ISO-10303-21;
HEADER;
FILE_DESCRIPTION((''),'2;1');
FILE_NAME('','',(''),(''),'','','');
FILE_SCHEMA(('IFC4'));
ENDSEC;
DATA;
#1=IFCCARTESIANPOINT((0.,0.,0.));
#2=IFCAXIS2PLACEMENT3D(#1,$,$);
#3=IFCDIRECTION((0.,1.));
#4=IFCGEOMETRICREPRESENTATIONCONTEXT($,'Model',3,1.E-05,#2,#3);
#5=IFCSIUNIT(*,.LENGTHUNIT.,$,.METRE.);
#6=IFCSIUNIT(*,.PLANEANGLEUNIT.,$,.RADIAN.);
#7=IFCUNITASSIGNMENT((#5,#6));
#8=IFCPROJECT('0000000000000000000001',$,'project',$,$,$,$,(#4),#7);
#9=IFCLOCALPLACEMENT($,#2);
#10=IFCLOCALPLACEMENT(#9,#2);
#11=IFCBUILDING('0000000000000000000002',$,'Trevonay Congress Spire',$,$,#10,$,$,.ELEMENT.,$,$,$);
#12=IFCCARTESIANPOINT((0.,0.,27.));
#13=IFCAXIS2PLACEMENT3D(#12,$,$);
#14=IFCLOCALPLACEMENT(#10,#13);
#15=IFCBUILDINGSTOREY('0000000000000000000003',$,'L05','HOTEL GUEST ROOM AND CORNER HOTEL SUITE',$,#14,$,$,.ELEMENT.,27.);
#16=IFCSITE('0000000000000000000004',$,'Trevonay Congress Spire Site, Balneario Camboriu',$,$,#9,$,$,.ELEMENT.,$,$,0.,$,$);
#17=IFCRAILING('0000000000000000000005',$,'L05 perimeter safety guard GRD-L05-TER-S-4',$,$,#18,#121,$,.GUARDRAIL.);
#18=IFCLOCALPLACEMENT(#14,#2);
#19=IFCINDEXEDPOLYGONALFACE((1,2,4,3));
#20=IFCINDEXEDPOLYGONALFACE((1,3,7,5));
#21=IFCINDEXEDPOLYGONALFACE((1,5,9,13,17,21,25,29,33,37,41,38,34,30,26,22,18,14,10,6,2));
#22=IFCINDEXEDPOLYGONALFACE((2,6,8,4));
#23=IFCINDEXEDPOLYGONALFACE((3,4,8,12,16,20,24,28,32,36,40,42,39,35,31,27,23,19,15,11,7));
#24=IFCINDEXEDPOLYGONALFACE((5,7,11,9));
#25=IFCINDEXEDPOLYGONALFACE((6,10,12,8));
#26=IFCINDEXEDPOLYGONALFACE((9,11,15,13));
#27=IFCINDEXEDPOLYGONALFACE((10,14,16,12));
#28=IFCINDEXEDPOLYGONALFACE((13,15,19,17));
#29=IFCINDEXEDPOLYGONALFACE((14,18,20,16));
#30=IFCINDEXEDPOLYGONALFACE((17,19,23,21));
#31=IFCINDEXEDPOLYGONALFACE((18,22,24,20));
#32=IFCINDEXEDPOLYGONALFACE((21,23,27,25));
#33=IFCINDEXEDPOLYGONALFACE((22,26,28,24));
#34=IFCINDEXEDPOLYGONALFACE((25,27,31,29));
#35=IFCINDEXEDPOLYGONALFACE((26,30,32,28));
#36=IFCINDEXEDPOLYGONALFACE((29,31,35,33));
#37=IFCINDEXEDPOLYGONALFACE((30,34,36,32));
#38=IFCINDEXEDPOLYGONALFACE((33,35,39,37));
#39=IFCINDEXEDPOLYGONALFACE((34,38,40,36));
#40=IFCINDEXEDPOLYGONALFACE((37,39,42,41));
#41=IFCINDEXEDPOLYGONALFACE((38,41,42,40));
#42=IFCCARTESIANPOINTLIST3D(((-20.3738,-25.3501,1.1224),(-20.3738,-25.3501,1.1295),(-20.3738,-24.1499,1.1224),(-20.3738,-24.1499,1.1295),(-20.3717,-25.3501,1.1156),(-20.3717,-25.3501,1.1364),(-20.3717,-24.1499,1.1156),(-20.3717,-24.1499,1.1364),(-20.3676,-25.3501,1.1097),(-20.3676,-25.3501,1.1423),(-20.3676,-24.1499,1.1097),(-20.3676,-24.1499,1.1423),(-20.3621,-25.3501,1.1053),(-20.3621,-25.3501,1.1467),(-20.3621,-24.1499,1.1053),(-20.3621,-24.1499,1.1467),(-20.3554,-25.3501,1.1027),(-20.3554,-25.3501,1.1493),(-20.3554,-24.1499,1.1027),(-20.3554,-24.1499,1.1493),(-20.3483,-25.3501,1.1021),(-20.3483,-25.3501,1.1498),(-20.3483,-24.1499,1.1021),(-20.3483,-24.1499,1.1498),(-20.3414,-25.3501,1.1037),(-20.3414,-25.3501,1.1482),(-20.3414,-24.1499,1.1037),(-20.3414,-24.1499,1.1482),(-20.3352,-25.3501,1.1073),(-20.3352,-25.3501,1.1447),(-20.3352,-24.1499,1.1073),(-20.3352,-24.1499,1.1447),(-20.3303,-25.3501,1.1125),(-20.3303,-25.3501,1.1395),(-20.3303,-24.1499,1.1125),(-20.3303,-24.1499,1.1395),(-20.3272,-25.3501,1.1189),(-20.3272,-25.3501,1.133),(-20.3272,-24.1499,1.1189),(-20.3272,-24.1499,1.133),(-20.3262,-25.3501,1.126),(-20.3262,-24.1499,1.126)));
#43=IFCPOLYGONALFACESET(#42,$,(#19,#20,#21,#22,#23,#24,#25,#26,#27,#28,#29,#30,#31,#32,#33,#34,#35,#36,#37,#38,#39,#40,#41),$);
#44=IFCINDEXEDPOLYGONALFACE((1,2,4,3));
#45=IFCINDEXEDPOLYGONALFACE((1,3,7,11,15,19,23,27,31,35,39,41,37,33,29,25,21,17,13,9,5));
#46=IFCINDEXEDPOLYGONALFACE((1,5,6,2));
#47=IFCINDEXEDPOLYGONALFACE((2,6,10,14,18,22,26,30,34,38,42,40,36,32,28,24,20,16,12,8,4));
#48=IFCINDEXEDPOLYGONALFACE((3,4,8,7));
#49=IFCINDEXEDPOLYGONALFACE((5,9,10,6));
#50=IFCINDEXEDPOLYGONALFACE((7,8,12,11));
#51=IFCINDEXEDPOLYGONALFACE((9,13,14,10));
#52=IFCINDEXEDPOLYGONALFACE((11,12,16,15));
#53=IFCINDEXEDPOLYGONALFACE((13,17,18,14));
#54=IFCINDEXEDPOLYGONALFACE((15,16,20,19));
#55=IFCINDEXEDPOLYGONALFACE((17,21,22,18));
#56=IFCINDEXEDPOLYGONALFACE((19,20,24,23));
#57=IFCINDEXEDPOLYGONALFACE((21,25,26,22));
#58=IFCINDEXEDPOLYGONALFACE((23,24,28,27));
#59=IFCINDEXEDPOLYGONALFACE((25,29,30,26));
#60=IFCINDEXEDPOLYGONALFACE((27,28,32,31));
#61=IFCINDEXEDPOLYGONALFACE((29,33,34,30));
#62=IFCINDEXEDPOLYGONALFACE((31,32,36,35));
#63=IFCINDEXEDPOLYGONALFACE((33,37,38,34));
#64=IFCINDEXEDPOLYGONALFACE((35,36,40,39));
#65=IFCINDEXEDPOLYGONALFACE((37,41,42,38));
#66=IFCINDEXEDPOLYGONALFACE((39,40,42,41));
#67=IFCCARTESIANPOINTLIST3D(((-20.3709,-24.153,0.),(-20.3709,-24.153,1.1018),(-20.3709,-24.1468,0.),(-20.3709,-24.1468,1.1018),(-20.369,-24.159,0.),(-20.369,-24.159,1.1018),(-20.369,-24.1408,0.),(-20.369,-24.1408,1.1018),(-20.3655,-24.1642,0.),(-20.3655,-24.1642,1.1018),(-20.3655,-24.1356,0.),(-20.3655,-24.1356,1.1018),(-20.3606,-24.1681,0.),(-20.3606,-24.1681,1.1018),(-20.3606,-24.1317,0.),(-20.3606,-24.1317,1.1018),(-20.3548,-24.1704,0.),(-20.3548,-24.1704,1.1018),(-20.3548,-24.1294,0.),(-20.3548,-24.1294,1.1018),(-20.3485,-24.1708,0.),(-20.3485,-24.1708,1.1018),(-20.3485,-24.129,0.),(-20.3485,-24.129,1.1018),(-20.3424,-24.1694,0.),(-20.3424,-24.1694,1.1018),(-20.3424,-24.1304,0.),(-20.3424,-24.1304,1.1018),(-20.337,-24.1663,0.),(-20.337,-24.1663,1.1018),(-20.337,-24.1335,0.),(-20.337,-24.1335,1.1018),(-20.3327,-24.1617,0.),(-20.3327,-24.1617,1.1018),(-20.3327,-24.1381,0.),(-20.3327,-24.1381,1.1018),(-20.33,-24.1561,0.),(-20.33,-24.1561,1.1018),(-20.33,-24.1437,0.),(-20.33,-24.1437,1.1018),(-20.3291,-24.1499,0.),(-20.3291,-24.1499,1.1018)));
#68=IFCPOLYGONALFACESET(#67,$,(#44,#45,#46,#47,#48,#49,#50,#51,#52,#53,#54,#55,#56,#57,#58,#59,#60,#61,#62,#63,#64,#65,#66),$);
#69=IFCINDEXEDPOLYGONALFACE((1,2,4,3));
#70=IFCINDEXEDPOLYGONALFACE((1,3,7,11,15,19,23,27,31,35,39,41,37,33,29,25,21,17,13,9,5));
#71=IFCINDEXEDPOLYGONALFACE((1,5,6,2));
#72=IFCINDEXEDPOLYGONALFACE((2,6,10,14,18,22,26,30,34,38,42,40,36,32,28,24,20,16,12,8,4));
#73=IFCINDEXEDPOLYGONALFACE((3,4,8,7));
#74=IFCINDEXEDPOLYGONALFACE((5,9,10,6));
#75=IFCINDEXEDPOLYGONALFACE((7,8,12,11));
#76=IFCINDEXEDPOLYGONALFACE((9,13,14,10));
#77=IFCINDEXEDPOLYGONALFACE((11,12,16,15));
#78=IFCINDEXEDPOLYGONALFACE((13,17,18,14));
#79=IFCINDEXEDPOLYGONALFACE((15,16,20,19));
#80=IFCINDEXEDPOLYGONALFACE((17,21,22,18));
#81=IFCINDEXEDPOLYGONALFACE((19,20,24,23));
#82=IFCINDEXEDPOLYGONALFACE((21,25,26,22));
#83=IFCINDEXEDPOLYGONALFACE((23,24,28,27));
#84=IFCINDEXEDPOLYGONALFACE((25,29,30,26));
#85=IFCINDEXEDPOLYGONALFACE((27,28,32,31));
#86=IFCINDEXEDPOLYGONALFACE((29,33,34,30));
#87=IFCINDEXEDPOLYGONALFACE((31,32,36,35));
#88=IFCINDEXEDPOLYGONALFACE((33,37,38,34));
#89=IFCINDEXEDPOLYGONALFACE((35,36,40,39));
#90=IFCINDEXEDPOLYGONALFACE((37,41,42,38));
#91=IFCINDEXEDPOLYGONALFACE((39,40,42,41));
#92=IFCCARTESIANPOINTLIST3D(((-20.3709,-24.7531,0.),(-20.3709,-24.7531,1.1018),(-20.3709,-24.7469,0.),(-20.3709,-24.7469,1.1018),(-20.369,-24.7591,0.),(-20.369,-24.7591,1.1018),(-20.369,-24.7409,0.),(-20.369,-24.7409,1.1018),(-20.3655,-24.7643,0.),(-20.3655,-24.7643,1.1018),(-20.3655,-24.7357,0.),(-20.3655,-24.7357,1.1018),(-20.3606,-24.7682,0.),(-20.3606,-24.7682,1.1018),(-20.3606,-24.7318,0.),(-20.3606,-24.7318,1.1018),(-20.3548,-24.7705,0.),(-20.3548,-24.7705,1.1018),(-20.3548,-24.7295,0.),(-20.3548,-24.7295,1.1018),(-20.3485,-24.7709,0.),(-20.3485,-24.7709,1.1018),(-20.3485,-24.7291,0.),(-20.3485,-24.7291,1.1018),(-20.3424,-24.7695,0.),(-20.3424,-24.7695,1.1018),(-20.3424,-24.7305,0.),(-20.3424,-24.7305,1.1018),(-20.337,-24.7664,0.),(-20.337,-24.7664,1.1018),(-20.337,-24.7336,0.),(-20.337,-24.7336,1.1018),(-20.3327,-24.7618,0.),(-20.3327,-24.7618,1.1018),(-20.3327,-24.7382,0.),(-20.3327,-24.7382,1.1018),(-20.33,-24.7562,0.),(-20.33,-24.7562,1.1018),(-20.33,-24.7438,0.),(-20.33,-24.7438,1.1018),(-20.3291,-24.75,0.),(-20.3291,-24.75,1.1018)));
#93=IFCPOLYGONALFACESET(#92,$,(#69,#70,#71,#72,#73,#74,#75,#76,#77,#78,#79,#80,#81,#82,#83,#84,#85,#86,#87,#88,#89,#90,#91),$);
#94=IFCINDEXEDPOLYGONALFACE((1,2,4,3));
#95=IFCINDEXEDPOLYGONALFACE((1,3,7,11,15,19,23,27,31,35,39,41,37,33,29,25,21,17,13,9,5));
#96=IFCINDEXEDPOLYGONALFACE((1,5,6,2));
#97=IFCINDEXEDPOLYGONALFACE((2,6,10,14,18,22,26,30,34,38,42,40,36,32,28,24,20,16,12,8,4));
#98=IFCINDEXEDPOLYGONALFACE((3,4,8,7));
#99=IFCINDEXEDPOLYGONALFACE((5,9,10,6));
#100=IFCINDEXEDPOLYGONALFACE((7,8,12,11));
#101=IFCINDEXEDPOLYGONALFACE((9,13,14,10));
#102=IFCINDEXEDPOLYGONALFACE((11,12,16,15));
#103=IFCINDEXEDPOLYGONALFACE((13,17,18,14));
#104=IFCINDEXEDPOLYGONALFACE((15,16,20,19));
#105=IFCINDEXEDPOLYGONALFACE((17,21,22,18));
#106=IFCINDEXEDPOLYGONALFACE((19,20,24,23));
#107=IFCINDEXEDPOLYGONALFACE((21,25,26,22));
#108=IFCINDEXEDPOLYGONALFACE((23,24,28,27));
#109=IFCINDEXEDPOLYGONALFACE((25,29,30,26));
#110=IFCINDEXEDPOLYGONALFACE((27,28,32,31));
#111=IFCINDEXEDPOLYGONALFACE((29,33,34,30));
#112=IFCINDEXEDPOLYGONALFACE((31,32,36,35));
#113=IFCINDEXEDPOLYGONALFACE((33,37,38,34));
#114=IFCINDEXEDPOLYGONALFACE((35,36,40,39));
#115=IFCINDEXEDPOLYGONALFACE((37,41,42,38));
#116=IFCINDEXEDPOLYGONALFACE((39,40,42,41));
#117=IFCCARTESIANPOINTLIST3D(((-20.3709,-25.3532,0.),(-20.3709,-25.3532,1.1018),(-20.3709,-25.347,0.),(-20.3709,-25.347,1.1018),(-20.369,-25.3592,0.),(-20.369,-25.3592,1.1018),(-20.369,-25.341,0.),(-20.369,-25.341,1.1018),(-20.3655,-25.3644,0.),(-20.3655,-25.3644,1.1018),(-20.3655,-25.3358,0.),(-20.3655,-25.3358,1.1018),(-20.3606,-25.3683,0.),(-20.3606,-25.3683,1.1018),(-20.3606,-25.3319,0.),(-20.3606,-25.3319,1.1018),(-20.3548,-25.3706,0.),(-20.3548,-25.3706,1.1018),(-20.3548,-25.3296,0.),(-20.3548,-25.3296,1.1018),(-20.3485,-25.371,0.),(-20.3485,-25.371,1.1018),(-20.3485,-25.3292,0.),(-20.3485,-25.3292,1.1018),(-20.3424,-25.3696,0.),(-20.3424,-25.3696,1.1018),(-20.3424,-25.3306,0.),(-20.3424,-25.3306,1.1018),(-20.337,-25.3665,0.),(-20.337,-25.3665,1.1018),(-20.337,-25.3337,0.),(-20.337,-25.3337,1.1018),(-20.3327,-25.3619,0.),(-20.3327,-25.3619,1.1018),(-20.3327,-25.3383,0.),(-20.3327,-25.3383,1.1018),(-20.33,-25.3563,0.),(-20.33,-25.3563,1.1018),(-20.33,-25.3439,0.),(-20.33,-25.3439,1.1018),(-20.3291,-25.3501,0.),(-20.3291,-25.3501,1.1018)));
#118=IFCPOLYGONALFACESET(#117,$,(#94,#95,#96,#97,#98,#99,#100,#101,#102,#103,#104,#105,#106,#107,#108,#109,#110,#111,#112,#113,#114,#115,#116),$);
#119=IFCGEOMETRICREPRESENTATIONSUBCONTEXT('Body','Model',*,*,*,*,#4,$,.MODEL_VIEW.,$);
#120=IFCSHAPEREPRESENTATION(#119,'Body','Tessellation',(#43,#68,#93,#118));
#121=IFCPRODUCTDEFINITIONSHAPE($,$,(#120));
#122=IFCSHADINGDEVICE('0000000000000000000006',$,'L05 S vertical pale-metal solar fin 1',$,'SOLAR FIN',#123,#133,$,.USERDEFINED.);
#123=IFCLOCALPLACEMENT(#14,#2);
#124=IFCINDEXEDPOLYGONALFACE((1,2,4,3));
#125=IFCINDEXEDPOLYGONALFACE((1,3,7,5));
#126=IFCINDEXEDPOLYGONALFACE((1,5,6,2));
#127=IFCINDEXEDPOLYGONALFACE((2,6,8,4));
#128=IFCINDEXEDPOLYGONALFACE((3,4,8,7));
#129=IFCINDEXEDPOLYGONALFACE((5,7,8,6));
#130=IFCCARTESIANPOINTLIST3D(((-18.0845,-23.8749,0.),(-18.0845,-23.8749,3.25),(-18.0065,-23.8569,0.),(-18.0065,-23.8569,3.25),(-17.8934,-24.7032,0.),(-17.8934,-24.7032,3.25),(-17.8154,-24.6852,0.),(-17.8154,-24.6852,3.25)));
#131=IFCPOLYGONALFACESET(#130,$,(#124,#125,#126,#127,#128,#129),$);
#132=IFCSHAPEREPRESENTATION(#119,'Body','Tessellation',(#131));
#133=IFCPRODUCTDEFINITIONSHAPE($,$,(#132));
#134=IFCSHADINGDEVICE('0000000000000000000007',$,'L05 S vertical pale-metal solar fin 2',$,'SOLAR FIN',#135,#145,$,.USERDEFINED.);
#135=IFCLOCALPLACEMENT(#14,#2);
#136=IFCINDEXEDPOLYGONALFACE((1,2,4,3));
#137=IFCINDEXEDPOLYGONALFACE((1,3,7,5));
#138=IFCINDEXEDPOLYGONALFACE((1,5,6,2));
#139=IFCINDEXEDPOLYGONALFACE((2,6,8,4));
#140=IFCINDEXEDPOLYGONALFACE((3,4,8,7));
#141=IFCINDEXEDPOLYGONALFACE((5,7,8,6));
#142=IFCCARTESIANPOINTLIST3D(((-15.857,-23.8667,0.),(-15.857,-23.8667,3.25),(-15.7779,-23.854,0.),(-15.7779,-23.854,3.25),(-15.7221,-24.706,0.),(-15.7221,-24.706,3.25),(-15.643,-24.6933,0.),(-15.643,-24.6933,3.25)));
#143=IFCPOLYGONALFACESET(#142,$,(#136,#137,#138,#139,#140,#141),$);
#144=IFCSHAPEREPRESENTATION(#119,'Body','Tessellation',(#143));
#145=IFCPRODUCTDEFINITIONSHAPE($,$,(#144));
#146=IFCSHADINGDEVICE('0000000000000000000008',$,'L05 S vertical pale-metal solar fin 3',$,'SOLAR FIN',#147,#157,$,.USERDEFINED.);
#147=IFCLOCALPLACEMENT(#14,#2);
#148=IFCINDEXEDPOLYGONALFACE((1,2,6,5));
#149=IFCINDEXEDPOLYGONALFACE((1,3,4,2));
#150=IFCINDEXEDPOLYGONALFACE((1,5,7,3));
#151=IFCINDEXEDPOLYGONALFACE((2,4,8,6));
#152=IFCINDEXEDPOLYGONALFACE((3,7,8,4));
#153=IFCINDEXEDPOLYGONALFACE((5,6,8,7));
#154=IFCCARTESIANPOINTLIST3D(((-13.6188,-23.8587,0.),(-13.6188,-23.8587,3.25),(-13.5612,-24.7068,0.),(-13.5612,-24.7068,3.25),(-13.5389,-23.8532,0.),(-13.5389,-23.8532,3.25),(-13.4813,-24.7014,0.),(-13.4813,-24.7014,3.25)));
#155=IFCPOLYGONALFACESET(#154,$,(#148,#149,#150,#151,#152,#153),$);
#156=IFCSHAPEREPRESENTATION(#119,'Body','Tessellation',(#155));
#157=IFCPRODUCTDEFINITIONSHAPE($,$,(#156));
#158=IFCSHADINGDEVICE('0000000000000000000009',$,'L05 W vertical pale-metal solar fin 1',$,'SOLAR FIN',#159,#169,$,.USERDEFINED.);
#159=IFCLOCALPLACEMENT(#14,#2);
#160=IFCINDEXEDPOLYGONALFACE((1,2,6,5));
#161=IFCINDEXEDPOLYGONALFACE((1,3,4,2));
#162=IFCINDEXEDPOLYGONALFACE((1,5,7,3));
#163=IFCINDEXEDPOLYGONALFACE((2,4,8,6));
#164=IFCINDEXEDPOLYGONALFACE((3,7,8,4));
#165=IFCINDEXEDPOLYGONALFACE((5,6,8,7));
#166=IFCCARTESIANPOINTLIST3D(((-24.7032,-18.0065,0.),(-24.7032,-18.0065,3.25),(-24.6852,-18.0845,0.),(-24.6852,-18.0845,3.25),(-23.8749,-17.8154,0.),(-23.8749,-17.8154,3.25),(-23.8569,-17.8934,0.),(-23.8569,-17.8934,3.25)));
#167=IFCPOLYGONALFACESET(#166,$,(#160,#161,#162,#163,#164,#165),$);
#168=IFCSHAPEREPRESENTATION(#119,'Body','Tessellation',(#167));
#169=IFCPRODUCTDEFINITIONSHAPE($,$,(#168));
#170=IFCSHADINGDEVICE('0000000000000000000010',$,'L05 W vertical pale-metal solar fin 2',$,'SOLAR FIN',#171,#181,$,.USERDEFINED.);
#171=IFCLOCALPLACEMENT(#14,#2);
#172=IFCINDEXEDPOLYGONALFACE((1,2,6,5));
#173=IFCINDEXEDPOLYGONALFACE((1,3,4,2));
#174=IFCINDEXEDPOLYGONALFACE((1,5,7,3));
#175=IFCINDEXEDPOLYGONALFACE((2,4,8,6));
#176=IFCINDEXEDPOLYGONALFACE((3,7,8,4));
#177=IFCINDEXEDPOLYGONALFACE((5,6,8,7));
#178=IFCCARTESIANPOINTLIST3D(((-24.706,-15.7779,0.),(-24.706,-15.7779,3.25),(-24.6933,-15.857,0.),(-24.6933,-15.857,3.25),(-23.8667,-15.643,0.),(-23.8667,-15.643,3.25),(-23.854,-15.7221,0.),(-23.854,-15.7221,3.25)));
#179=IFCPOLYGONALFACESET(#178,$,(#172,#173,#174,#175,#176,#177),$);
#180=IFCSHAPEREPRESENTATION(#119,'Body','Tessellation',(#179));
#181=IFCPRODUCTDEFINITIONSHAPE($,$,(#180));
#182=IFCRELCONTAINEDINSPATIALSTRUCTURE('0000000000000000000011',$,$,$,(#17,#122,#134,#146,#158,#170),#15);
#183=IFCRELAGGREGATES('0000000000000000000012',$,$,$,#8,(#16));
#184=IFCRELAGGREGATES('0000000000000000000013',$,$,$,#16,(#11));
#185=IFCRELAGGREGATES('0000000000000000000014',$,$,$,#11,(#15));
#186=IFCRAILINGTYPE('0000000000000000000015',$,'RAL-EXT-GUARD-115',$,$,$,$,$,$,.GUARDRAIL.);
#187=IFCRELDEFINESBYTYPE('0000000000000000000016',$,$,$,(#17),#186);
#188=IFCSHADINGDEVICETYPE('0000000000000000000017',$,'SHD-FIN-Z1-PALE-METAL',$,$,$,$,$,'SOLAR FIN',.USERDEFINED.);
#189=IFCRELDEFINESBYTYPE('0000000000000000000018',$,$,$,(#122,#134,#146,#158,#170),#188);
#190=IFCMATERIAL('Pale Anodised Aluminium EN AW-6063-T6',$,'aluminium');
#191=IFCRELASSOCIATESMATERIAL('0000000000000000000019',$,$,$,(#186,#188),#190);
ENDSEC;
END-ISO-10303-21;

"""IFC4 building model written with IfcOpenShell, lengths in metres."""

from ifc_helpers import new_model, si_unit, direction, frame, origin, origin_2d, place, context, subcontext, project, spatial, rectangle, circle, extrude, material, type_object, element, save


model = new_model("IFC4")

# Units and contexts
model_context = context("Model", 3, precision=1e-05, world=origin(), true_north=direction((0.0, 1.0)))
body_context = subcontext(model_context, "Body", "Model", "MODEL_VIEW")
ifc_project = project(units=[si_unit("LENGTHUNIT", "METRE"), si_unit("PLANEANGLEUNIT", "RADIAN")], contexts=[model_context])

# Site, building, storey
site_placement = place(None, origin())
site = spatial("IfcSite", under=ifc_project, at=site_placement, Name="Trevonay Congress Spire Site, Balneario Camboriu", CompositionType="ELEMENT", RefElevation=0.0)
building_placement = place(site_placement, origin())
building = spatial("IfcBuilding", under=site, at=building_placement, Name="Trevonay Congress Spire", CompositionType="ELEMENT")
storey_placement = place(building_placement, frame((0.0, 0.0, 27.0)))
storey = spatial("IfcBuildingStorey", under=building, at=storey_placement, Name="L05", Description="HOTEL GUEST ROOM AND CORNER HOTEL SUITE", CompositionType="ELEMENT", Elevation=27.0)

# Shared definitions
ifc_material_1 = material(Name="Pale Anodised Aluminium EN AW-6063-T6", Category="aluminium")

# Railing
railing_type = type_object("IfcRailingType", Name="RAL-EXT-GUARD-115", PredefinedType="GUARDRAIL", material=ifc_material_1)
railing_1_placement = place(storey_placement, frame((-20.3501, -24.1499, 0.0)))
element("IfcRailing", 1, at=railing_1_placement, inside=storey, type_object=railing_type, Name="L05 perimeter safety guard GRD-L05-TER-S-4", PredefinedType="GUARDRAIL", context=body_context, shape_type="SweptSolid", body=[
    extrude(circle(Radius=0.0239, at=origin_2d()), frame((0.0, 0.0, 1.126), z_axis=(0.0, -1.0, 0.0), x_axis=(1.0, 0.0, 0.0)), (0.0, 0.0, 1.0), 1.2002),
    extrude(circle(Radius=0.021, at=origin_2d()), origin(), (0.0, 0.0, 1.0), 1.1018),
    extrude(circle(Radius=0.021, at=origin_2d()), frame((0.0, -0.6001, 0.0)), (0.0, 0.0, 1.0), 1.1018),
    extrude(circle(Radius=0.021, at=origin_2d()), frame((0.0, -1.2002, 0.0)), (0.0, 0.0, 1.0), 1.1018),
])

# Shading devices
shading_device_type = type_object("IfcShadingDeviceType", Name="SHD-FIN-Z1-PALE-METAL", ElementType="SOLAR FIN", PredefinedType="USERDEFINED", material=ifc_material_1)
for number, where, z_axis, x_axis, name in (
    (2, (-17.95, -24.28, 0.0), (0.0, 0.0, 1.0), (0.974409, 0.224781, 0.0), "L05 S vertical pale-metal solar fin 1"),
    (3, (-15.75, -24.28, 0.0), (0.0, 0.0, 1.0), (0.987331, 0.158675, 0.0), "L05 S vertical pale-metal solar fin 2"),
    (4, (-13.55, -24.28, 0.0), (0.0, 0.0, 1.0), (0.997708, 0.067667, 0.0), "L05 S vertical pale-metal solar fin 3"),
    (5, (-24.28, -17.95, 0.0), (0.0, 0.0, 1.0), (-0.224781, 0.974409, 0.0), "L05 W vertical pale-metal solar fin 1"),
    (6, (-24.28, -15.75, 0.0), (0.0, 0.0, 1.0), (-0.158675, 0.987331, 0.0), "L05 W vertical pale-metal solar fin 2"),
):
    element("IfcShadingDevice", number, at=place(storey_placement, frame(where, z_axis=z_axis, x_axis=x_axis)), inside=storey, type_object=shading_device_type, Name=name, ObjectType="SOLAR FIN", PredefinedType="USERDEFINED", context=body_context, shape_type="SweptSolid", body=[
        extrude(rectangle(XDim=0.0801, YDim=0.8501, at=origin_2d()), origin(), (0.0, 0.0, 1.0), 3.25),
    ])

save(model, "model.ifc")
